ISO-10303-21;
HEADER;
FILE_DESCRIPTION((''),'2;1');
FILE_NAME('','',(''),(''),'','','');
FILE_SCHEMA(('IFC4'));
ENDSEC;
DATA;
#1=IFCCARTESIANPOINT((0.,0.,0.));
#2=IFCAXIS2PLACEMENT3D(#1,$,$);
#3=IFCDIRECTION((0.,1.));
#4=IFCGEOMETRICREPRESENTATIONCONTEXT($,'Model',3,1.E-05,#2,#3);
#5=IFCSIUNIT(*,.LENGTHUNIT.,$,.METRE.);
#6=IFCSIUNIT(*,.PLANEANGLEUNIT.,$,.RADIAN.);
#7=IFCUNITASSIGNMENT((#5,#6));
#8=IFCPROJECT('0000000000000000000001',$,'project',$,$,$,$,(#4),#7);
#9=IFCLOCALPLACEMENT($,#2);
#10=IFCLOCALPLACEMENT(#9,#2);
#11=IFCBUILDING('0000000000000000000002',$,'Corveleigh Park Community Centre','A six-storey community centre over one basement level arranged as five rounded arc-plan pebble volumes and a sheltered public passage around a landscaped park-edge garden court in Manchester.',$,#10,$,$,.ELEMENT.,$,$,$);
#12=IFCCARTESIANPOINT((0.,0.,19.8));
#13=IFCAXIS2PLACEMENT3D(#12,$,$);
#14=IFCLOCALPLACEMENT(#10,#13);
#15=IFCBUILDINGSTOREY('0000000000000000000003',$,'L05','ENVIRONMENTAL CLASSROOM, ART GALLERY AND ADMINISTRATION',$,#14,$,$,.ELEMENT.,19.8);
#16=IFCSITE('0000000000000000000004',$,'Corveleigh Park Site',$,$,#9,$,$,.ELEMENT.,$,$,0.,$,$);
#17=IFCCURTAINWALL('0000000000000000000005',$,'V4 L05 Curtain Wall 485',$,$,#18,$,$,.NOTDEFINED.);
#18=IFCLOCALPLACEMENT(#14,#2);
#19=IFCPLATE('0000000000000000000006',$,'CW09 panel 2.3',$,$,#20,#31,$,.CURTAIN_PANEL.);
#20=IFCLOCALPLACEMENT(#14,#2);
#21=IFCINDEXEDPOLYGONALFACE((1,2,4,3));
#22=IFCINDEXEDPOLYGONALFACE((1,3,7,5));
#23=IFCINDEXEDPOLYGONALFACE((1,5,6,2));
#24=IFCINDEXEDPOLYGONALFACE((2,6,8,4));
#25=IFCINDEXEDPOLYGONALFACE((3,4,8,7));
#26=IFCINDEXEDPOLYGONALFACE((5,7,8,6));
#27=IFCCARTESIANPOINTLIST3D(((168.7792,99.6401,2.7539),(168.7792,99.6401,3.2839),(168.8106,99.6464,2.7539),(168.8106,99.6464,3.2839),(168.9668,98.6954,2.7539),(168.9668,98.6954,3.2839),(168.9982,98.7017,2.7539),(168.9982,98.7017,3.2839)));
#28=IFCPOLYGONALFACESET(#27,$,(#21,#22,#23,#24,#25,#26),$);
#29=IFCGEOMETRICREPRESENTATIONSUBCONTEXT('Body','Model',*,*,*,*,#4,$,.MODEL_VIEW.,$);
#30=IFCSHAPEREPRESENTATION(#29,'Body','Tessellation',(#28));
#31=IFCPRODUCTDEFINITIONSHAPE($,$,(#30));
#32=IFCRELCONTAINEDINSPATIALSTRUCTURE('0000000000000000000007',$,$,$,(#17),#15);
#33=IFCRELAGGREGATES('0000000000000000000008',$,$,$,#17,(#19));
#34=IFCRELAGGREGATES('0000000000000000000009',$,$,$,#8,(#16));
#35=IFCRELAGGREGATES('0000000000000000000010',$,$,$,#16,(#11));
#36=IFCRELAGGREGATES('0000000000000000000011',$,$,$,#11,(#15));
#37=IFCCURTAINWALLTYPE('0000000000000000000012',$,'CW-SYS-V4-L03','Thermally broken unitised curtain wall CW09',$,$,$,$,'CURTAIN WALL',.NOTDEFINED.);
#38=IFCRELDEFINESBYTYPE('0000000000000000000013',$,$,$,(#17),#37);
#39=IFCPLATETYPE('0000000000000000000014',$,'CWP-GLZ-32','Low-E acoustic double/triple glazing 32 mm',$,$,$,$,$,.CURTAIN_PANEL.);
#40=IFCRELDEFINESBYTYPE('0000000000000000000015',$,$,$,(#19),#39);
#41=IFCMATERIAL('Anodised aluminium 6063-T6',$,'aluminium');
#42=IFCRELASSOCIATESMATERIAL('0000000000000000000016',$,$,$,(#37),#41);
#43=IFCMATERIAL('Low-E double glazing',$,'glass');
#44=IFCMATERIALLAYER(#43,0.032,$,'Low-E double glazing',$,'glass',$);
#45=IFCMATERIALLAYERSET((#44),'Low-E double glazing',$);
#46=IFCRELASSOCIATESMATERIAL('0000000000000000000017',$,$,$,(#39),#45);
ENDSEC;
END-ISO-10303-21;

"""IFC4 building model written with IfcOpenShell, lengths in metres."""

from ifc_helpers import new_model, si_unit, direction, frame, origin, origin_2d, place, context, subcontext, project, spatial, rectangle, extrude, material, layer, layer_set, type_object, element, aggregate, save


model = new_model("IFC4")

# Units and contexts
model_context = context("Model", 3, precision=1e-05, world=origin(), true_north=direction((0.0, 1.0)))
body_context = subcontext(model_context, "Body", "Model", "MODEL_VIEW")
ifc_project = project(units=[si_unit("LENGTHUNIT", "METRE"), si_unit("PLANEANGLEUNIT", "RADIAN")], contexts=[model_context])

# Site, building, storey
site_placement = place(None, origin())
site = spatial("IfcSite", under=ifc_project, at=site_placement, Name="Corveleigh Park Site", CompositionType="ELEMENT", RefElevation=0.0)
building_placement = place(site_placement, origin())
building = spatial("IfcBuilding", under=site, at=building_placement, Name="Corveleigh Park Community Centre", Description="A six-storey community centre over one basement level arranged as five rounded arc-plan pebble volumes and a sheltered public passage around a landscaped park-edge garden court in Manchester.", CompositionType="ELEMENT")
storey_placement = place(building_placement, frame((0.0, 0.0, 19.8)))
storey = spatial("IfcBuildingStorey", under=building, at=storey_placement, Name="L05", Description="ENVIRONMENTAL CLASSROOM, ART GALLERY AND ADMINISTRATION", CompositionType="ELEMENT", Elevation=19.8)

# Curtain wall
ifc_material_1 = material(Name="Anodised aluminium 6063-T6", Category="aluminium")
curtain_wall_type = type_object("IfcCurtainWallType", Name="CW-SYS-V4-L03", Description="Thermally broken unitised curtain wall CW09", ElementType="CURTAIN WALL", PredefinedType="NOTDEFINED", material=ifc_material_1)
curtain_wall_1_placement = place(storey_placement, origin())
curtain_wall_1 = element("IfcCurtainWall", 1, at=curtain_wall_1_placement, inside=storey, type_object=curtain_wall_type, Name="V4 L05 Curtain Wall 485", PredefinedType="NOTDEFINED")

# Plate
ifc_material_2 = material(Name="Low-E double glazing", Category="glass")
ifc_layer_1 = layer(ifc_material_2, 0.032, Name="Low-E double glazing", Category="glass")
ifc_layer_set_1 = layer_set([ifc_layer_1], Name="Low-E double glazing")
plate_type_1 = type_object("IfcPlateType", Name="CWP-GLZ-32", Description="Low-E acoustic double/triple glazing 32 mm", PredefinedType="CURTAIN_PANEL", material=ifc_layer_set_1)
plate_1_placement = place(storey_placement, frame((168.8887, 99.1709, 2.7539), z_axis=(0.0, 0.0, 1.0), x_axis=(0.194784, -0.980846, 0.0)))
plate_1 = element("IfcPlate", 2, at=plate_1_placement, type_object=plate_type_1, Name="CW09 panel 2.3", PredefinedType="CURTAIN_PANEL", context=body_context, shape_type="SweptSolid", body=[
    extrude(rectangle(XDim=0.9631, YDim=0.032, at=origin_2d()), origin(), (0.0, 0.0, 1.0), 0.53),
])
aggregate(curtain_wall_1, [plate_1])

save(model, "model.ifc")
